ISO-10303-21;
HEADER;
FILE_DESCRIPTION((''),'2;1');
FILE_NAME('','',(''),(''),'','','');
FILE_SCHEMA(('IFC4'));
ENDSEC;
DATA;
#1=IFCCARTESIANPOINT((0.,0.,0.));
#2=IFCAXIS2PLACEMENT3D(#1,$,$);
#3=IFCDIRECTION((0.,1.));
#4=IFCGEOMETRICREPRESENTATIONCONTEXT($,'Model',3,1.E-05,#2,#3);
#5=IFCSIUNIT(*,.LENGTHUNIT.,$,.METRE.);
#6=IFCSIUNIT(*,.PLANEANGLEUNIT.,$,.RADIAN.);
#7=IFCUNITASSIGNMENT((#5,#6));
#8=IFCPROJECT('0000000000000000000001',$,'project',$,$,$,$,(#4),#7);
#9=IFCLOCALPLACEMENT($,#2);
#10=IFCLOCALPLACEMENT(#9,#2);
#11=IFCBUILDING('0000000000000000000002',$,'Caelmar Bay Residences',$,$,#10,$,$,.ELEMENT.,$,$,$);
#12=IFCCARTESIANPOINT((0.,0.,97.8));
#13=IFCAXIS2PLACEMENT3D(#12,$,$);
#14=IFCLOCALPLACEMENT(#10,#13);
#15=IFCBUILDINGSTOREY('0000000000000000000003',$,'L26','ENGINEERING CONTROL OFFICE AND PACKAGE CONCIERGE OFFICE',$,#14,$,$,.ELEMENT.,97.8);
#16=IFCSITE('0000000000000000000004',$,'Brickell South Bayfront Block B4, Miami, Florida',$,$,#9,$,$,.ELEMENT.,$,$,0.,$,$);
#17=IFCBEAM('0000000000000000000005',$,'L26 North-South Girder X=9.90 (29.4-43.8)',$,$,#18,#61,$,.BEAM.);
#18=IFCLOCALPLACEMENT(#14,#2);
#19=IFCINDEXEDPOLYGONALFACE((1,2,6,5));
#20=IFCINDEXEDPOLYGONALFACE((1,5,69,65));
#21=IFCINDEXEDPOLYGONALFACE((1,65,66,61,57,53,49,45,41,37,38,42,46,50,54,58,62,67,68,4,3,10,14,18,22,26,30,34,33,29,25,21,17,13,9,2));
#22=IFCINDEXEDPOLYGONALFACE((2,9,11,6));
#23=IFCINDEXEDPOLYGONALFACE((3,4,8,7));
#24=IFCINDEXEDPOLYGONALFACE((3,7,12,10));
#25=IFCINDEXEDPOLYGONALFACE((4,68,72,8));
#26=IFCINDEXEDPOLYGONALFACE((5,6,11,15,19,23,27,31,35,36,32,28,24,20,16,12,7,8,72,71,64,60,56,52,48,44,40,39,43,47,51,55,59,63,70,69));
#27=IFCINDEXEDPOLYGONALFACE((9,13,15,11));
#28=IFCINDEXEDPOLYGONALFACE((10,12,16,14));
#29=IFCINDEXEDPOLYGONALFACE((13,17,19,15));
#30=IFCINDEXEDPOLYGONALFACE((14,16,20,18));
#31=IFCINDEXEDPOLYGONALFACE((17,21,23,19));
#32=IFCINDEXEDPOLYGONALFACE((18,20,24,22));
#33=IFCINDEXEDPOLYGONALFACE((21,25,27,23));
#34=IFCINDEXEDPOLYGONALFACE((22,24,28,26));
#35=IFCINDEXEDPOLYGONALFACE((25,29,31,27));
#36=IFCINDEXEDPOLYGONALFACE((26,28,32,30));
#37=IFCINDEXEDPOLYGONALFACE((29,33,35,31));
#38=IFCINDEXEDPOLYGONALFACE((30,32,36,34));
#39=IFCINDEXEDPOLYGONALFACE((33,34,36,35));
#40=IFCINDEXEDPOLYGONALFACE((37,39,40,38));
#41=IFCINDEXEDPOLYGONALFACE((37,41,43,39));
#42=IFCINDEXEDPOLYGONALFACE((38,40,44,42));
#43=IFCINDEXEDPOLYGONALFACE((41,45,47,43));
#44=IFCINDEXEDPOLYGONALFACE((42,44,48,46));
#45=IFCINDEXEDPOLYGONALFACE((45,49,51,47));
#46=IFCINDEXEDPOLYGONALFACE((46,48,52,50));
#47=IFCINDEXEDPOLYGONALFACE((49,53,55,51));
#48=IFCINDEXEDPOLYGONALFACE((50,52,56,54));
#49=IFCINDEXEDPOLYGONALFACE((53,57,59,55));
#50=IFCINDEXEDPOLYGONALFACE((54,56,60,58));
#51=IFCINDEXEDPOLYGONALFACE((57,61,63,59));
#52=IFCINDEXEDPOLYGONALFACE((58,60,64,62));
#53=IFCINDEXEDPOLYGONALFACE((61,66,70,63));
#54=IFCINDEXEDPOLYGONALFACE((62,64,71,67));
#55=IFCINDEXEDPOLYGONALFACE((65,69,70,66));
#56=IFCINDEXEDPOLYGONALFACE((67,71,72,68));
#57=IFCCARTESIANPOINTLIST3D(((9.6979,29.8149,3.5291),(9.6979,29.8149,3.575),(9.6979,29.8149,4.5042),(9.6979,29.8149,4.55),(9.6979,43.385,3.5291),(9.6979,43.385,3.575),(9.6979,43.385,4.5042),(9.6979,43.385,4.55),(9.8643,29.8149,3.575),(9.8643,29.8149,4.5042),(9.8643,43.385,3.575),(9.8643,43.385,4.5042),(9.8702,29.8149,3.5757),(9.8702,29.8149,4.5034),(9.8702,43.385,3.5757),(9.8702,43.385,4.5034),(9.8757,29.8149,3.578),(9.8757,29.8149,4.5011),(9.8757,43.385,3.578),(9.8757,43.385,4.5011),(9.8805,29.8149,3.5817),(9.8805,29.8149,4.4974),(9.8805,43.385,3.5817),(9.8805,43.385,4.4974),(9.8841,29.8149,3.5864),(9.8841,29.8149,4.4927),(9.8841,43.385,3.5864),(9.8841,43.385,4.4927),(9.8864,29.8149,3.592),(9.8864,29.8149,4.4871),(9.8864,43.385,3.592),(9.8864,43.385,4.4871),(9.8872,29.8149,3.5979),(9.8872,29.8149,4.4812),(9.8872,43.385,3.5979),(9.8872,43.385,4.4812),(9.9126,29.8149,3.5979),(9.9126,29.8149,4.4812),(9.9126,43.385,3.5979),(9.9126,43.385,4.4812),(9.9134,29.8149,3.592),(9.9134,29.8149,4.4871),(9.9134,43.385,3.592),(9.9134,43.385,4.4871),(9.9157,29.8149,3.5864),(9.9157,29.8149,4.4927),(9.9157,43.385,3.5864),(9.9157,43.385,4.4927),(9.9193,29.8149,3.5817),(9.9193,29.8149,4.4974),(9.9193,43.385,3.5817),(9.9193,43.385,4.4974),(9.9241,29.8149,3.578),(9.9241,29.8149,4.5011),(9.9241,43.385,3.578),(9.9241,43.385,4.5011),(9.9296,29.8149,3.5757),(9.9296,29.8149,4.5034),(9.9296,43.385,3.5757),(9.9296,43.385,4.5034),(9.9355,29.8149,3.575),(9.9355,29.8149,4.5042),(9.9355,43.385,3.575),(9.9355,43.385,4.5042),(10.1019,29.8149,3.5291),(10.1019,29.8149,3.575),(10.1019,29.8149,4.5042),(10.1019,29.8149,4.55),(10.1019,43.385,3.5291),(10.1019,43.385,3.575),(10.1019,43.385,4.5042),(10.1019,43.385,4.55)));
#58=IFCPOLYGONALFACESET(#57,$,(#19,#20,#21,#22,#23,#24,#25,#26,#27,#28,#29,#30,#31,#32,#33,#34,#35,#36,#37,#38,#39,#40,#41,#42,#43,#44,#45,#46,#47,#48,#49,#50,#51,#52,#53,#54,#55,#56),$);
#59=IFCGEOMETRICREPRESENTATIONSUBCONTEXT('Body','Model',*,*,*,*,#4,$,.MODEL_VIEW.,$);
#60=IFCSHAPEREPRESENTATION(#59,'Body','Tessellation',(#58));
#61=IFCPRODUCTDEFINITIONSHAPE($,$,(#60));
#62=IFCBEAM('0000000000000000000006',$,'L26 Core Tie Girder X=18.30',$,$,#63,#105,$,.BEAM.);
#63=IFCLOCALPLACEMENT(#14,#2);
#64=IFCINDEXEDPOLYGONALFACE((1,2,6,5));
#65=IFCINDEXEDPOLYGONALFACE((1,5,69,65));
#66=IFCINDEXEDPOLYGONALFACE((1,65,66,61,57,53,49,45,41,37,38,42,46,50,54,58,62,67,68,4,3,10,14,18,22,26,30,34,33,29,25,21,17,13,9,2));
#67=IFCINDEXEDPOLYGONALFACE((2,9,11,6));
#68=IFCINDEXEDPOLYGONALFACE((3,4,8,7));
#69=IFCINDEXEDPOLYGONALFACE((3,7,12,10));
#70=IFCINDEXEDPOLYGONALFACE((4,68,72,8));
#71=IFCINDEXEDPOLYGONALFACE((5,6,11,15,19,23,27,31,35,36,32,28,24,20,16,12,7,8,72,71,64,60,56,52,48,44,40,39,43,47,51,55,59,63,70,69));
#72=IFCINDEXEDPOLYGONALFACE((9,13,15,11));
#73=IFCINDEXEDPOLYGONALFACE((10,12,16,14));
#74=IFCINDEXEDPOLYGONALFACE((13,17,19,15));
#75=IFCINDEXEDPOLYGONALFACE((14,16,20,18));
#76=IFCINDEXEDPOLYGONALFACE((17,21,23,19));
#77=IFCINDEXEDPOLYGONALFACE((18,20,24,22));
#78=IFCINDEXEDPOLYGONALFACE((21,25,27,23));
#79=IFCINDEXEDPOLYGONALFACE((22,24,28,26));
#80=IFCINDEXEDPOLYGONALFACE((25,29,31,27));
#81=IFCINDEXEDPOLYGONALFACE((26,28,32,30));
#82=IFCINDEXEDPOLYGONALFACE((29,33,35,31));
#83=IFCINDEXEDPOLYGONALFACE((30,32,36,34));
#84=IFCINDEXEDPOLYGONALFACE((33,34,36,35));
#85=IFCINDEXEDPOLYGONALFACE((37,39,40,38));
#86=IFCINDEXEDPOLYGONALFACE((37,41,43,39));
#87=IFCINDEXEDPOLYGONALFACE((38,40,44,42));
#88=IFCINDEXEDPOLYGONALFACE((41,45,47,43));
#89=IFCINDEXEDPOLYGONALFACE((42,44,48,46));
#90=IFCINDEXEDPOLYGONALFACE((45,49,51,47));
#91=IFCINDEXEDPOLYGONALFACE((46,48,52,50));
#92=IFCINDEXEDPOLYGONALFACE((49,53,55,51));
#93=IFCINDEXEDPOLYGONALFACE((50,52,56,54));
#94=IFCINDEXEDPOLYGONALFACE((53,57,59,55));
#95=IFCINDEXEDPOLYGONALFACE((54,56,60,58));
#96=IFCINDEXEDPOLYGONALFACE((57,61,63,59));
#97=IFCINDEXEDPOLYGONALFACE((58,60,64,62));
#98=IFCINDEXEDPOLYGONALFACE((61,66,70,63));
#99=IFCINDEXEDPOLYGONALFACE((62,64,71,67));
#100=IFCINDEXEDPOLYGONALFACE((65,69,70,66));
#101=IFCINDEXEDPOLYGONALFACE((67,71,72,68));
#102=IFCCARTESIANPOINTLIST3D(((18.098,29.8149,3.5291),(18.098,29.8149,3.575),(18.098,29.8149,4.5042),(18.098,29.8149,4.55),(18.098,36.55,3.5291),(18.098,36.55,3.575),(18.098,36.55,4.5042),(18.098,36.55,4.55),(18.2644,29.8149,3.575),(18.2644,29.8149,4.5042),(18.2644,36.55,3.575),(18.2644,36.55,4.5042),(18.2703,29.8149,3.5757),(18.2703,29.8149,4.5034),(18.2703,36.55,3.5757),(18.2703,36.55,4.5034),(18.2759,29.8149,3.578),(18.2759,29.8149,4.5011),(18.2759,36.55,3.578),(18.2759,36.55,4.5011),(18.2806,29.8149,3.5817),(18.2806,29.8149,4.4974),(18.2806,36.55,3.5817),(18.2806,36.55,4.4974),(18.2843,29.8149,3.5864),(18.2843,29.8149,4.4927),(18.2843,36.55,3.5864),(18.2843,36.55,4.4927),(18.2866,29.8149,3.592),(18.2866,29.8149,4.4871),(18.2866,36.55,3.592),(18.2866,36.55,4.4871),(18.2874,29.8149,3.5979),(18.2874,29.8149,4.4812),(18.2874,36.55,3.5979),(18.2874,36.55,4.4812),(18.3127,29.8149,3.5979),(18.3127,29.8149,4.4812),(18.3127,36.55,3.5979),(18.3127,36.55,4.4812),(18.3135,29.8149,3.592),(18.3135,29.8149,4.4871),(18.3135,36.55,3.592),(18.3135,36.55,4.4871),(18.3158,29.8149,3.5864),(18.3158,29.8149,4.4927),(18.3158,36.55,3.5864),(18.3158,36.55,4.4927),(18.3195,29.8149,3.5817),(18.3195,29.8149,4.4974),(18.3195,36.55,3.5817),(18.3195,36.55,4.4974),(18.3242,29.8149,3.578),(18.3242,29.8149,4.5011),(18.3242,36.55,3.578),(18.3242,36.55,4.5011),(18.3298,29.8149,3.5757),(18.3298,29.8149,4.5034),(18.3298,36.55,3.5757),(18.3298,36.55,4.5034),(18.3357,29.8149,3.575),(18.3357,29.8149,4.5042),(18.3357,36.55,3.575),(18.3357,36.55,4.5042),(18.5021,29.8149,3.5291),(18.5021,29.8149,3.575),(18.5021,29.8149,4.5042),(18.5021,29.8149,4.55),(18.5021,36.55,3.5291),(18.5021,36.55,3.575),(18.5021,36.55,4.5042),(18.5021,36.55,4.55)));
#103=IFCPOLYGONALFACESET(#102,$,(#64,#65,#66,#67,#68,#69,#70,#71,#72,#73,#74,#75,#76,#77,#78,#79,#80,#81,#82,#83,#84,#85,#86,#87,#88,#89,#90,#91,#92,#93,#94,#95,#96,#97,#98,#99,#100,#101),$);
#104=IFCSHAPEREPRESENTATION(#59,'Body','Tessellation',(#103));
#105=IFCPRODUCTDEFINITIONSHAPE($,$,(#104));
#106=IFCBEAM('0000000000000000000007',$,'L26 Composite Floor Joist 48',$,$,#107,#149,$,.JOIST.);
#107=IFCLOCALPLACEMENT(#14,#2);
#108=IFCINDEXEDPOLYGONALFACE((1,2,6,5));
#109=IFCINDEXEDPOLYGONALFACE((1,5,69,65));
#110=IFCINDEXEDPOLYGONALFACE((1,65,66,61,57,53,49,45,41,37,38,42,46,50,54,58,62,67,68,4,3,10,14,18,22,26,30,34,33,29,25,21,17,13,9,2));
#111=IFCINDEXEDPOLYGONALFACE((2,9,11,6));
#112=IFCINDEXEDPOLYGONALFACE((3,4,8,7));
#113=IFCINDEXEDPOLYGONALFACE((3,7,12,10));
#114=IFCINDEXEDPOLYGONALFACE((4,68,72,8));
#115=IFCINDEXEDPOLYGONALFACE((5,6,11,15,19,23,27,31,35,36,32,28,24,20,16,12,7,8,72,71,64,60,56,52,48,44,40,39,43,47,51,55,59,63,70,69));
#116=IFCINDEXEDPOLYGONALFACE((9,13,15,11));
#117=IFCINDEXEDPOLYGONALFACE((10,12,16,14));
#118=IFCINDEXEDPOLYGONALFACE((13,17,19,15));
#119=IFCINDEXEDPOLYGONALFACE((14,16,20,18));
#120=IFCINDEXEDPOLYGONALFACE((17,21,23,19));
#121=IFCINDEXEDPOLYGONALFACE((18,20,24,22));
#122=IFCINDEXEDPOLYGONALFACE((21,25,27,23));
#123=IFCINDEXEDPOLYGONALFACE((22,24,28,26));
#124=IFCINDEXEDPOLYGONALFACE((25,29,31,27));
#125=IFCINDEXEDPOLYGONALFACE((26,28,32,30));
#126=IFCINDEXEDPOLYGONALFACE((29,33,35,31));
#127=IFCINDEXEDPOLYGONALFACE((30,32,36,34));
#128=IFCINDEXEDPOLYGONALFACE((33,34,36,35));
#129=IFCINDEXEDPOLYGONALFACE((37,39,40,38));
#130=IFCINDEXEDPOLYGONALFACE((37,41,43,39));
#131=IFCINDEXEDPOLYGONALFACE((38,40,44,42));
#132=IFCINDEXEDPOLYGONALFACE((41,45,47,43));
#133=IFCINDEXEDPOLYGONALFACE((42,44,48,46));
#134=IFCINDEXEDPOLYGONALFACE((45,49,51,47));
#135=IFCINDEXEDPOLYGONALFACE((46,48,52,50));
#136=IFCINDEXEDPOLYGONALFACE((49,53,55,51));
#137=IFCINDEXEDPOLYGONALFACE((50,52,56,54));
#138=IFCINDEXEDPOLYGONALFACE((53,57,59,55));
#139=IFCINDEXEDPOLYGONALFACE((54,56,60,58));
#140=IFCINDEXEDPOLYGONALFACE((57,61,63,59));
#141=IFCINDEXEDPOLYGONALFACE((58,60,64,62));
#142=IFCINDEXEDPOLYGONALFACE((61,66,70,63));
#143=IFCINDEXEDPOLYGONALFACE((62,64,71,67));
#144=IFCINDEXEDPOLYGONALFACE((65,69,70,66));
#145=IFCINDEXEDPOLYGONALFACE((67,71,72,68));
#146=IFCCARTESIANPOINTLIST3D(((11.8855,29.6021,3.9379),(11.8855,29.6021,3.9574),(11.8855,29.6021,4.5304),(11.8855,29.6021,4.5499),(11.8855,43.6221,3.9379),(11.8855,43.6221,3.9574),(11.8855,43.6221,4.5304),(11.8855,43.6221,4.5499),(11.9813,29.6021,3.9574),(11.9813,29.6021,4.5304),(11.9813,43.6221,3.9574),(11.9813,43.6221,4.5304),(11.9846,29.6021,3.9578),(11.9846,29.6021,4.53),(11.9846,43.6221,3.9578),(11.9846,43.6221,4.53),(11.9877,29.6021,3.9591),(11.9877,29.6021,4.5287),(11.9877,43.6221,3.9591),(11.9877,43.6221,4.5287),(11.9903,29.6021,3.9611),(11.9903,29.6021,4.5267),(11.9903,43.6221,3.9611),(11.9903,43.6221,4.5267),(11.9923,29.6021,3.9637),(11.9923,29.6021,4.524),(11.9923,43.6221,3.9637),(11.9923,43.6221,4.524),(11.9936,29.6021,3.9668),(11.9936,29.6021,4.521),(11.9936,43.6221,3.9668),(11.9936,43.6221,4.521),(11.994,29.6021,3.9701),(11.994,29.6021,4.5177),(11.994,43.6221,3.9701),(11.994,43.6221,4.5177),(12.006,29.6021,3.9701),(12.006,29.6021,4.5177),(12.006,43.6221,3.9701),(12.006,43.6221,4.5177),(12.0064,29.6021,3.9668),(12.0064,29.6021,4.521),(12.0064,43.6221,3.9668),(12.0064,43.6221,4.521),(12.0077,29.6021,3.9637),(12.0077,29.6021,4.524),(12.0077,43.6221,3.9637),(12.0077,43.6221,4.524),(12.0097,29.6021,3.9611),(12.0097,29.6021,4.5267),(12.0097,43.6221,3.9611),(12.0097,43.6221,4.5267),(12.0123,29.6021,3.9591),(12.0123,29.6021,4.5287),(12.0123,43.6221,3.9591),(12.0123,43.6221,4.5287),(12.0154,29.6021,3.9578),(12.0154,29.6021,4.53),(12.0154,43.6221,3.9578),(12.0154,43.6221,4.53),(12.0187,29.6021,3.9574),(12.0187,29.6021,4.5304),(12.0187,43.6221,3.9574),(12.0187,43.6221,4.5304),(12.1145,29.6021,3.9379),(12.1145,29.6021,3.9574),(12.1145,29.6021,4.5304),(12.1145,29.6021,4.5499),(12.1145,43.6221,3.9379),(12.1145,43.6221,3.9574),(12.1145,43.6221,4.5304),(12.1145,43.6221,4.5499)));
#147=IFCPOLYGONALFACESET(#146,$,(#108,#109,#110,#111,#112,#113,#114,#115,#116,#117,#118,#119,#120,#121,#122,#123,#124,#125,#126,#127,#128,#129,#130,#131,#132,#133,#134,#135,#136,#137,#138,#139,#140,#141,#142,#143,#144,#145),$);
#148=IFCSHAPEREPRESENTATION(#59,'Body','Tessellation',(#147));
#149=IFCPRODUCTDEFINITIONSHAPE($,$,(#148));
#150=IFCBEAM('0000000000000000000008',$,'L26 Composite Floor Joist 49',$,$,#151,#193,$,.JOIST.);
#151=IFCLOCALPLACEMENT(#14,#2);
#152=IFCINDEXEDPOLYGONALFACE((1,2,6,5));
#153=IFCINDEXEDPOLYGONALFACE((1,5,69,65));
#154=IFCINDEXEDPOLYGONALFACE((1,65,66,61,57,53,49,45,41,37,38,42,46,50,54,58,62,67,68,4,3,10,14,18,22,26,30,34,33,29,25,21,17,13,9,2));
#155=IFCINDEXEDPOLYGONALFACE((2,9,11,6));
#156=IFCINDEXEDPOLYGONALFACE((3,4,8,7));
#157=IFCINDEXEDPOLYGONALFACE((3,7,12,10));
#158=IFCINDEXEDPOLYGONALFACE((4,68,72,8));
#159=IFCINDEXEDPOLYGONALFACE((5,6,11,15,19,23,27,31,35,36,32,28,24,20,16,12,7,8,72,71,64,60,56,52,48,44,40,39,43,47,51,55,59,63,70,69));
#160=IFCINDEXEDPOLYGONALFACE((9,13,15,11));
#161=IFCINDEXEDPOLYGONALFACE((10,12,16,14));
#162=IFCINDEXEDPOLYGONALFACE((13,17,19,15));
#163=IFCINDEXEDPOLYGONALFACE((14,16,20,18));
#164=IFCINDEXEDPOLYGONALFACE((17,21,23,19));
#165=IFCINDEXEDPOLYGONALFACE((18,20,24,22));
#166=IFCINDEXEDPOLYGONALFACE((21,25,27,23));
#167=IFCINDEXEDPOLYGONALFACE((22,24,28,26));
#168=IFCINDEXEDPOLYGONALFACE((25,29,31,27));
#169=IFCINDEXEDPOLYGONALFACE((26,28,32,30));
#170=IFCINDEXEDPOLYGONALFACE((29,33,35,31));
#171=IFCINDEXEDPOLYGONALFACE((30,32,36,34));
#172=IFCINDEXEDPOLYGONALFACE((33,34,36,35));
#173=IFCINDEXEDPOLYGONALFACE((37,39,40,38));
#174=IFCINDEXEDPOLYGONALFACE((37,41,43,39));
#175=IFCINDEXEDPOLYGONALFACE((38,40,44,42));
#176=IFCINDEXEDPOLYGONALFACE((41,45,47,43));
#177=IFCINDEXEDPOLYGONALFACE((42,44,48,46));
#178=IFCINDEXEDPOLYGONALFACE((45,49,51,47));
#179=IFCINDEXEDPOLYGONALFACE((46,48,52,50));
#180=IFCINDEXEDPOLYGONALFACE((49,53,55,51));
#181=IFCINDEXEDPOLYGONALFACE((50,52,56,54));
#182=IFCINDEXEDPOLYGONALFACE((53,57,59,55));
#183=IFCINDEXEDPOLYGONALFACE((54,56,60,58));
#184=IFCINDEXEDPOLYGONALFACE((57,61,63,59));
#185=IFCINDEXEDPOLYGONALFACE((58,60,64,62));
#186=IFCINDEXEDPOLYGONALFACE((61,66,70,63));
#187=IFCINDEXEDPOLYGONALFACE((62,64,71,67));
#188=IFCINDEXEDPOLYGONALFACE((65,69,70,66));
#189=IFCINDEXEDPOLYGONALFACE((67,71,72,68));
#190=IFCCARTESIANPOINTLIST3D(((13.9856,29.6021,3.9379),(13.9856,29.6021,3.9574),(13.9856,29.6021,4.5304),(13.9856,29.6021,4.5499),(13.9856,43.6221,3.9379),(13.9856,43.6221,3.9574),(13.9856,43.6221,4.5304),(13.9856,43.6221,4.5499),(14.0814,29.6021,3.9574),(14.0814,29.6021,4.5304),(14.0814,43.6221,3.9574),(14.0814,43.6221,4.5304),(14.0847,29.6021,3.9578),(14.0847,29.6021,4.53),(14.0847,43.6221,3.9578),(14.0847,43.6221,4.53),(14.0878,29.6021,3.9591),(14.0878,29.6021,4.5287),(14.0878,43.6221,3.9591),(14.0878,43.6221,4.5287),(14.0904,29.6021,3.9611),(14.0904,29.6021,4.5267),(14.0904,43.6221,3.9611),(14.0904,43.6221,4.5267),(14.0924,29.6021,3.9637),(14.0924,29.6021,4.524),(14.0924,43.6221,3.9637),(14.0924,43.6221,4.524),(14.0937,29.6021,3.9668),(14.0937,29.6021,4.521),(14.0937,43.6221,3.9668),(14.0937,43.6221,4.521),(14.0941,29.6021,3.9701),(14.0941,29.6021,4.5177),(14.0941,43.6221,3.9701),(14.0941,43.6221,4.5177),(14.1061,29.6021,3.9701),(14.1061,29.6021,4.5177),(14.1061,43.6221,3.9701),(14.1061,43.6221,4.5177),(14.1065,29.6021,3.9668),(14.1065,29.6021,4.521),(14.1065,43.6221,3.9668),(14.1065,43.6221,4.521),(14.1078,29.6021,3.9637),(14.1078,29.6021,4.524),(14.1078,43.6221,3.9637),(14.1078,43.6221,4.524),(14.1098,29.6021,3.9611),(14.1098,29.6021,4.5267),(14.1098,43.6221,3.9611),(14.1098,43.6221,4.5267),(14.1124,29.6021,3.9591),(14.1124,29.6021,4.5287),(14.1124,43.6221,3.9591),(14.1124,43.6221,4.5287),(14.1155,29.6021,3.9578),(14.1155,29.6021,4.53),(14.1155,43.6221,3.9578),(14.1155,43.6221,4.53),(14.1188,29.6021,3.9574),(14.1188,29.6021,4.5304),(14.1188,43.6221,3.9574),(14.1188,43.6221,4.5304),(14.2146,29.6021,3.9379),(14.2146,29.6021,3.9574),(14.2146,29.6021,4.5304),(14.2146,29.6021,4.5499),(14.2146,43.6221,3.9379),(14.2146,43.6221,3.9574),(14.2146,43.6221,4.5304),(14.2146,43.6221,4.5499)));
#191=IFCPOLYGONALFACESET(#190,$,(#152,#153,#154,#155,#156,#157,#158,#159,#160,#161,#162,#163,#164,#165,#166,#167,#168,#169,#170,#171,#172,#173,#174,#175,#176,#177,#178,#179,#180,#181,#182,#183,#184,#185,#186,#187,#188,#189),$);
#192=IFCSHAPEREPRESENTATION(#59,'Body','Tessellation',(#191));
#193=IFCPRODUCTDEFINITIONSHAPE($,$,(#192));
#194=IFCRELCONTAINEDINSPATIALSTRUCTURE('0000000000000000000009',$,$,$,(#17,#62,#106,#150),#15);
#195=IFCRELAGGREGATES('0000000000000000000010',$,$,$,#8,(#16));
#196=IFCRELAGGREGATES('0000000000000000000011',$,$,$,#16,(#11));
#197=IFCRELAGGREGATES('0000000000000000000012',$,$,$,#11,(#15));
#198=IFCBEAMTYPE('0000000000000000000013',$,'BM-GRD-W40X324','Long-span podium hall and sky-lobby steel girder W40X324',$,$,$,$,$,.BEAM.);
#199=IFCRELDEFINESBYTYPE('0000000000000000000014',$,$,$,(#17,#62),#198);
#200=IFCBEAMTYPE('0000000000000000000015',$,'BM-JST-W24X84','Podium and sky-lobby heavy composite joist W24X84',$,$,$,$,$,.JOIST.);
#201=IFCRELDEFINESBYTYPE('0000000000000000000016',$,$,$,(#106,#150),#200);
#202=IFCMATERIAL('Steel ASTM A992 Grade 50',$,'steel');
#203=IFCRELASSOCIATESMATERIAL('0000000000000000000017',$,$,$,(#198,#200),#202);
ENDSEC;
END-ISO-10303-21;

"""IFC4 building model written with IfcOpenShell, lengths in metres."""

from ifc_helpers import new_model, si_unit, direction, frame, origin, origin_2d, place, context, subcontext, project, spatial, i_section, extrude, material, material_profile, profile_set, type_object, element, save


model = new_model("IFC4")

# Units and contexts
model_context = context("Model", 3, precision=1e-05, world=origin(), true_north=direction((0.0, 1.0)))
body_context = subcontext(model_context, "Body", "Model", "MODEL_VIEW")
ifc_project = project(units=[si_unit("LENGTHUNIT", "METRE"), si_unit("PLANEANGLEUNIT", "RADIAN")], contexts=[model_context])

# Site, building, storey
site_placement = place(None, origin())
site = spatial("IfcSite", under=ifc_project, at=site_placement, Name="Brickell South Bayfront Block B4, Miami, Florida", CompositionType="ELEMENT", RefElevation=0.0)
building_placement = place(site_placement, origin())
building = spatial("IfcBuilding", under=site, at=building_placement, Name="Caelmar Bay Residences", CompositionType="ELEMENT")
storey_placement = place(building_placement, frame((0.0, 0.0, 97.8)))
storey = spatial("IfcBuildingStorey", under=building, at=storey_placement, Name="L26", Description="ENGINEERING CONTROL OFFICE AND PACKAGE CONCIERGE OFFICE", CompositionType="ELEMENT", Elevation=97.8)

# Beams
ifc_material_1 = material(Name="Steel ASTM A992 Grade 50", Category="steel")
ifc_material_profile_1 = material_profile(ifc_material_1, i_section(OverallWidth=0.4041, OverallDepth=1.021, WebThickness=0.0254, FlangeThickness=0.0459, FilletRadius=0.0229, at=origin_2d()), Name="W40X324")
ifc_profile_set_1 = profile_set([ifc_material_profile_1], Name="Steel ASTM A992 Grade 50")
beam_type_1 = type_object("IfcBeamType", Name="BM-GRD-W40X324", Description="Long-span podium hall and sky-lobby steel girder W40X324", PredefinedType="BEAM", material=ifc_profile_set_1)
beam_1_placement = place(storey_placement, frame((9.8999, 29.8149, 4.0396), z_axis=(0.0, 1.0, 0.0), x_axis=(-1.0, 0.0, 0.0)))
element("IfcBeam", 1, at=beam_1_placement, inside=storey, type_object=beam_type_1, Name="L26 North-South Girder X=9.90 (29.4-43.8)", PredefinedType="BEAM", context=body_context, shape_type="SweptSolid", body=[
    extrude(i_section(OverallWidth=0.4041, OverallDepth=1.021, WebThickness=0.0254, FlangeThickness=0.0459, FilletRadius=0.0229, at=origin_2d()), origin(), (0.0, 0.0, 1.0), 13.5701),
])
beam_2_placement = place(storey_placement, frame((18.3, 29.8149, 4.0396), z_axis=(0.0, 1.0, 0.0), x_axis=(-1.0, 0.0, 0.0)))
element("IfcBeam", 2, at=beam_2_placement, inside=storey, type_object=beam_type_1, Name="L26 Core Tie Girder X=18.30", PredefinedType="BEAM", context=body_context, shape_type="SweptSolid", body=[
    extrude(i_section(OverallWidth=0.4041, OverallDepth=1.021, WebThickness=0.0254, FlangeThickness=0.0459, FilletRadius=0.0229, at=origin_2d()), origin(), (0.0, 0.0, 1.0), 6.7351),
])
ifc_material_profile_2 = material_profile(ifc_material_1, i_section(OverallWidth=0.229, OverallDepth=0.6121, WebThickness=0.012, FlangeThickness=0.0195, FilletRadius=0.0127, at=origin_2d()), Name="W24X84")
ifc_profile_set_2 = profile_set([ifc_material_profile_2], Name="Steel ASTM A992 Grade 50")
beam_type_2 = type_object("IfcBeamType", Name="BM-JST-W24X84", Description="Podium and sky-lobby heavy composite joist W24X84", PredefinedType="JOIST", material=ifc_profile_set_2)
for number, where, z_axis, x_axis, name in (
    (3, (12.0, 29.6021, 4.2439), (0.0, 1.0, 0.0), (-1.0, 0.0, 0.0), "L26 Composite Floor Joist 48"),
    (4, (14.1001, 29.6021, 4.2439), (0.0, 1.0, 0.0), (-1.0, 0.0, 0.0), "L26 Composite Floor Joist 49"),
):
    element("IfcBeam", number, at=place(storey_placement, frame(where, z_axis=z_axis, x_axis=x_axis)), inside=storey, type_object=beam_type_2, Name=name, PredefinedType="JOIST", context=body_context, shape_type="SweptSolid", body=[
        extrude(i_section(OverallWidth=0.229, OverallDepth=0.6121, WebThickness=0.012, FlangeThickness=0.0195, FilletRadius=0.0127, at=origin_2d()), origin(), (0.0, 0.0, 1.0), 14.02),
    ])

save(model, "model.ifc")
